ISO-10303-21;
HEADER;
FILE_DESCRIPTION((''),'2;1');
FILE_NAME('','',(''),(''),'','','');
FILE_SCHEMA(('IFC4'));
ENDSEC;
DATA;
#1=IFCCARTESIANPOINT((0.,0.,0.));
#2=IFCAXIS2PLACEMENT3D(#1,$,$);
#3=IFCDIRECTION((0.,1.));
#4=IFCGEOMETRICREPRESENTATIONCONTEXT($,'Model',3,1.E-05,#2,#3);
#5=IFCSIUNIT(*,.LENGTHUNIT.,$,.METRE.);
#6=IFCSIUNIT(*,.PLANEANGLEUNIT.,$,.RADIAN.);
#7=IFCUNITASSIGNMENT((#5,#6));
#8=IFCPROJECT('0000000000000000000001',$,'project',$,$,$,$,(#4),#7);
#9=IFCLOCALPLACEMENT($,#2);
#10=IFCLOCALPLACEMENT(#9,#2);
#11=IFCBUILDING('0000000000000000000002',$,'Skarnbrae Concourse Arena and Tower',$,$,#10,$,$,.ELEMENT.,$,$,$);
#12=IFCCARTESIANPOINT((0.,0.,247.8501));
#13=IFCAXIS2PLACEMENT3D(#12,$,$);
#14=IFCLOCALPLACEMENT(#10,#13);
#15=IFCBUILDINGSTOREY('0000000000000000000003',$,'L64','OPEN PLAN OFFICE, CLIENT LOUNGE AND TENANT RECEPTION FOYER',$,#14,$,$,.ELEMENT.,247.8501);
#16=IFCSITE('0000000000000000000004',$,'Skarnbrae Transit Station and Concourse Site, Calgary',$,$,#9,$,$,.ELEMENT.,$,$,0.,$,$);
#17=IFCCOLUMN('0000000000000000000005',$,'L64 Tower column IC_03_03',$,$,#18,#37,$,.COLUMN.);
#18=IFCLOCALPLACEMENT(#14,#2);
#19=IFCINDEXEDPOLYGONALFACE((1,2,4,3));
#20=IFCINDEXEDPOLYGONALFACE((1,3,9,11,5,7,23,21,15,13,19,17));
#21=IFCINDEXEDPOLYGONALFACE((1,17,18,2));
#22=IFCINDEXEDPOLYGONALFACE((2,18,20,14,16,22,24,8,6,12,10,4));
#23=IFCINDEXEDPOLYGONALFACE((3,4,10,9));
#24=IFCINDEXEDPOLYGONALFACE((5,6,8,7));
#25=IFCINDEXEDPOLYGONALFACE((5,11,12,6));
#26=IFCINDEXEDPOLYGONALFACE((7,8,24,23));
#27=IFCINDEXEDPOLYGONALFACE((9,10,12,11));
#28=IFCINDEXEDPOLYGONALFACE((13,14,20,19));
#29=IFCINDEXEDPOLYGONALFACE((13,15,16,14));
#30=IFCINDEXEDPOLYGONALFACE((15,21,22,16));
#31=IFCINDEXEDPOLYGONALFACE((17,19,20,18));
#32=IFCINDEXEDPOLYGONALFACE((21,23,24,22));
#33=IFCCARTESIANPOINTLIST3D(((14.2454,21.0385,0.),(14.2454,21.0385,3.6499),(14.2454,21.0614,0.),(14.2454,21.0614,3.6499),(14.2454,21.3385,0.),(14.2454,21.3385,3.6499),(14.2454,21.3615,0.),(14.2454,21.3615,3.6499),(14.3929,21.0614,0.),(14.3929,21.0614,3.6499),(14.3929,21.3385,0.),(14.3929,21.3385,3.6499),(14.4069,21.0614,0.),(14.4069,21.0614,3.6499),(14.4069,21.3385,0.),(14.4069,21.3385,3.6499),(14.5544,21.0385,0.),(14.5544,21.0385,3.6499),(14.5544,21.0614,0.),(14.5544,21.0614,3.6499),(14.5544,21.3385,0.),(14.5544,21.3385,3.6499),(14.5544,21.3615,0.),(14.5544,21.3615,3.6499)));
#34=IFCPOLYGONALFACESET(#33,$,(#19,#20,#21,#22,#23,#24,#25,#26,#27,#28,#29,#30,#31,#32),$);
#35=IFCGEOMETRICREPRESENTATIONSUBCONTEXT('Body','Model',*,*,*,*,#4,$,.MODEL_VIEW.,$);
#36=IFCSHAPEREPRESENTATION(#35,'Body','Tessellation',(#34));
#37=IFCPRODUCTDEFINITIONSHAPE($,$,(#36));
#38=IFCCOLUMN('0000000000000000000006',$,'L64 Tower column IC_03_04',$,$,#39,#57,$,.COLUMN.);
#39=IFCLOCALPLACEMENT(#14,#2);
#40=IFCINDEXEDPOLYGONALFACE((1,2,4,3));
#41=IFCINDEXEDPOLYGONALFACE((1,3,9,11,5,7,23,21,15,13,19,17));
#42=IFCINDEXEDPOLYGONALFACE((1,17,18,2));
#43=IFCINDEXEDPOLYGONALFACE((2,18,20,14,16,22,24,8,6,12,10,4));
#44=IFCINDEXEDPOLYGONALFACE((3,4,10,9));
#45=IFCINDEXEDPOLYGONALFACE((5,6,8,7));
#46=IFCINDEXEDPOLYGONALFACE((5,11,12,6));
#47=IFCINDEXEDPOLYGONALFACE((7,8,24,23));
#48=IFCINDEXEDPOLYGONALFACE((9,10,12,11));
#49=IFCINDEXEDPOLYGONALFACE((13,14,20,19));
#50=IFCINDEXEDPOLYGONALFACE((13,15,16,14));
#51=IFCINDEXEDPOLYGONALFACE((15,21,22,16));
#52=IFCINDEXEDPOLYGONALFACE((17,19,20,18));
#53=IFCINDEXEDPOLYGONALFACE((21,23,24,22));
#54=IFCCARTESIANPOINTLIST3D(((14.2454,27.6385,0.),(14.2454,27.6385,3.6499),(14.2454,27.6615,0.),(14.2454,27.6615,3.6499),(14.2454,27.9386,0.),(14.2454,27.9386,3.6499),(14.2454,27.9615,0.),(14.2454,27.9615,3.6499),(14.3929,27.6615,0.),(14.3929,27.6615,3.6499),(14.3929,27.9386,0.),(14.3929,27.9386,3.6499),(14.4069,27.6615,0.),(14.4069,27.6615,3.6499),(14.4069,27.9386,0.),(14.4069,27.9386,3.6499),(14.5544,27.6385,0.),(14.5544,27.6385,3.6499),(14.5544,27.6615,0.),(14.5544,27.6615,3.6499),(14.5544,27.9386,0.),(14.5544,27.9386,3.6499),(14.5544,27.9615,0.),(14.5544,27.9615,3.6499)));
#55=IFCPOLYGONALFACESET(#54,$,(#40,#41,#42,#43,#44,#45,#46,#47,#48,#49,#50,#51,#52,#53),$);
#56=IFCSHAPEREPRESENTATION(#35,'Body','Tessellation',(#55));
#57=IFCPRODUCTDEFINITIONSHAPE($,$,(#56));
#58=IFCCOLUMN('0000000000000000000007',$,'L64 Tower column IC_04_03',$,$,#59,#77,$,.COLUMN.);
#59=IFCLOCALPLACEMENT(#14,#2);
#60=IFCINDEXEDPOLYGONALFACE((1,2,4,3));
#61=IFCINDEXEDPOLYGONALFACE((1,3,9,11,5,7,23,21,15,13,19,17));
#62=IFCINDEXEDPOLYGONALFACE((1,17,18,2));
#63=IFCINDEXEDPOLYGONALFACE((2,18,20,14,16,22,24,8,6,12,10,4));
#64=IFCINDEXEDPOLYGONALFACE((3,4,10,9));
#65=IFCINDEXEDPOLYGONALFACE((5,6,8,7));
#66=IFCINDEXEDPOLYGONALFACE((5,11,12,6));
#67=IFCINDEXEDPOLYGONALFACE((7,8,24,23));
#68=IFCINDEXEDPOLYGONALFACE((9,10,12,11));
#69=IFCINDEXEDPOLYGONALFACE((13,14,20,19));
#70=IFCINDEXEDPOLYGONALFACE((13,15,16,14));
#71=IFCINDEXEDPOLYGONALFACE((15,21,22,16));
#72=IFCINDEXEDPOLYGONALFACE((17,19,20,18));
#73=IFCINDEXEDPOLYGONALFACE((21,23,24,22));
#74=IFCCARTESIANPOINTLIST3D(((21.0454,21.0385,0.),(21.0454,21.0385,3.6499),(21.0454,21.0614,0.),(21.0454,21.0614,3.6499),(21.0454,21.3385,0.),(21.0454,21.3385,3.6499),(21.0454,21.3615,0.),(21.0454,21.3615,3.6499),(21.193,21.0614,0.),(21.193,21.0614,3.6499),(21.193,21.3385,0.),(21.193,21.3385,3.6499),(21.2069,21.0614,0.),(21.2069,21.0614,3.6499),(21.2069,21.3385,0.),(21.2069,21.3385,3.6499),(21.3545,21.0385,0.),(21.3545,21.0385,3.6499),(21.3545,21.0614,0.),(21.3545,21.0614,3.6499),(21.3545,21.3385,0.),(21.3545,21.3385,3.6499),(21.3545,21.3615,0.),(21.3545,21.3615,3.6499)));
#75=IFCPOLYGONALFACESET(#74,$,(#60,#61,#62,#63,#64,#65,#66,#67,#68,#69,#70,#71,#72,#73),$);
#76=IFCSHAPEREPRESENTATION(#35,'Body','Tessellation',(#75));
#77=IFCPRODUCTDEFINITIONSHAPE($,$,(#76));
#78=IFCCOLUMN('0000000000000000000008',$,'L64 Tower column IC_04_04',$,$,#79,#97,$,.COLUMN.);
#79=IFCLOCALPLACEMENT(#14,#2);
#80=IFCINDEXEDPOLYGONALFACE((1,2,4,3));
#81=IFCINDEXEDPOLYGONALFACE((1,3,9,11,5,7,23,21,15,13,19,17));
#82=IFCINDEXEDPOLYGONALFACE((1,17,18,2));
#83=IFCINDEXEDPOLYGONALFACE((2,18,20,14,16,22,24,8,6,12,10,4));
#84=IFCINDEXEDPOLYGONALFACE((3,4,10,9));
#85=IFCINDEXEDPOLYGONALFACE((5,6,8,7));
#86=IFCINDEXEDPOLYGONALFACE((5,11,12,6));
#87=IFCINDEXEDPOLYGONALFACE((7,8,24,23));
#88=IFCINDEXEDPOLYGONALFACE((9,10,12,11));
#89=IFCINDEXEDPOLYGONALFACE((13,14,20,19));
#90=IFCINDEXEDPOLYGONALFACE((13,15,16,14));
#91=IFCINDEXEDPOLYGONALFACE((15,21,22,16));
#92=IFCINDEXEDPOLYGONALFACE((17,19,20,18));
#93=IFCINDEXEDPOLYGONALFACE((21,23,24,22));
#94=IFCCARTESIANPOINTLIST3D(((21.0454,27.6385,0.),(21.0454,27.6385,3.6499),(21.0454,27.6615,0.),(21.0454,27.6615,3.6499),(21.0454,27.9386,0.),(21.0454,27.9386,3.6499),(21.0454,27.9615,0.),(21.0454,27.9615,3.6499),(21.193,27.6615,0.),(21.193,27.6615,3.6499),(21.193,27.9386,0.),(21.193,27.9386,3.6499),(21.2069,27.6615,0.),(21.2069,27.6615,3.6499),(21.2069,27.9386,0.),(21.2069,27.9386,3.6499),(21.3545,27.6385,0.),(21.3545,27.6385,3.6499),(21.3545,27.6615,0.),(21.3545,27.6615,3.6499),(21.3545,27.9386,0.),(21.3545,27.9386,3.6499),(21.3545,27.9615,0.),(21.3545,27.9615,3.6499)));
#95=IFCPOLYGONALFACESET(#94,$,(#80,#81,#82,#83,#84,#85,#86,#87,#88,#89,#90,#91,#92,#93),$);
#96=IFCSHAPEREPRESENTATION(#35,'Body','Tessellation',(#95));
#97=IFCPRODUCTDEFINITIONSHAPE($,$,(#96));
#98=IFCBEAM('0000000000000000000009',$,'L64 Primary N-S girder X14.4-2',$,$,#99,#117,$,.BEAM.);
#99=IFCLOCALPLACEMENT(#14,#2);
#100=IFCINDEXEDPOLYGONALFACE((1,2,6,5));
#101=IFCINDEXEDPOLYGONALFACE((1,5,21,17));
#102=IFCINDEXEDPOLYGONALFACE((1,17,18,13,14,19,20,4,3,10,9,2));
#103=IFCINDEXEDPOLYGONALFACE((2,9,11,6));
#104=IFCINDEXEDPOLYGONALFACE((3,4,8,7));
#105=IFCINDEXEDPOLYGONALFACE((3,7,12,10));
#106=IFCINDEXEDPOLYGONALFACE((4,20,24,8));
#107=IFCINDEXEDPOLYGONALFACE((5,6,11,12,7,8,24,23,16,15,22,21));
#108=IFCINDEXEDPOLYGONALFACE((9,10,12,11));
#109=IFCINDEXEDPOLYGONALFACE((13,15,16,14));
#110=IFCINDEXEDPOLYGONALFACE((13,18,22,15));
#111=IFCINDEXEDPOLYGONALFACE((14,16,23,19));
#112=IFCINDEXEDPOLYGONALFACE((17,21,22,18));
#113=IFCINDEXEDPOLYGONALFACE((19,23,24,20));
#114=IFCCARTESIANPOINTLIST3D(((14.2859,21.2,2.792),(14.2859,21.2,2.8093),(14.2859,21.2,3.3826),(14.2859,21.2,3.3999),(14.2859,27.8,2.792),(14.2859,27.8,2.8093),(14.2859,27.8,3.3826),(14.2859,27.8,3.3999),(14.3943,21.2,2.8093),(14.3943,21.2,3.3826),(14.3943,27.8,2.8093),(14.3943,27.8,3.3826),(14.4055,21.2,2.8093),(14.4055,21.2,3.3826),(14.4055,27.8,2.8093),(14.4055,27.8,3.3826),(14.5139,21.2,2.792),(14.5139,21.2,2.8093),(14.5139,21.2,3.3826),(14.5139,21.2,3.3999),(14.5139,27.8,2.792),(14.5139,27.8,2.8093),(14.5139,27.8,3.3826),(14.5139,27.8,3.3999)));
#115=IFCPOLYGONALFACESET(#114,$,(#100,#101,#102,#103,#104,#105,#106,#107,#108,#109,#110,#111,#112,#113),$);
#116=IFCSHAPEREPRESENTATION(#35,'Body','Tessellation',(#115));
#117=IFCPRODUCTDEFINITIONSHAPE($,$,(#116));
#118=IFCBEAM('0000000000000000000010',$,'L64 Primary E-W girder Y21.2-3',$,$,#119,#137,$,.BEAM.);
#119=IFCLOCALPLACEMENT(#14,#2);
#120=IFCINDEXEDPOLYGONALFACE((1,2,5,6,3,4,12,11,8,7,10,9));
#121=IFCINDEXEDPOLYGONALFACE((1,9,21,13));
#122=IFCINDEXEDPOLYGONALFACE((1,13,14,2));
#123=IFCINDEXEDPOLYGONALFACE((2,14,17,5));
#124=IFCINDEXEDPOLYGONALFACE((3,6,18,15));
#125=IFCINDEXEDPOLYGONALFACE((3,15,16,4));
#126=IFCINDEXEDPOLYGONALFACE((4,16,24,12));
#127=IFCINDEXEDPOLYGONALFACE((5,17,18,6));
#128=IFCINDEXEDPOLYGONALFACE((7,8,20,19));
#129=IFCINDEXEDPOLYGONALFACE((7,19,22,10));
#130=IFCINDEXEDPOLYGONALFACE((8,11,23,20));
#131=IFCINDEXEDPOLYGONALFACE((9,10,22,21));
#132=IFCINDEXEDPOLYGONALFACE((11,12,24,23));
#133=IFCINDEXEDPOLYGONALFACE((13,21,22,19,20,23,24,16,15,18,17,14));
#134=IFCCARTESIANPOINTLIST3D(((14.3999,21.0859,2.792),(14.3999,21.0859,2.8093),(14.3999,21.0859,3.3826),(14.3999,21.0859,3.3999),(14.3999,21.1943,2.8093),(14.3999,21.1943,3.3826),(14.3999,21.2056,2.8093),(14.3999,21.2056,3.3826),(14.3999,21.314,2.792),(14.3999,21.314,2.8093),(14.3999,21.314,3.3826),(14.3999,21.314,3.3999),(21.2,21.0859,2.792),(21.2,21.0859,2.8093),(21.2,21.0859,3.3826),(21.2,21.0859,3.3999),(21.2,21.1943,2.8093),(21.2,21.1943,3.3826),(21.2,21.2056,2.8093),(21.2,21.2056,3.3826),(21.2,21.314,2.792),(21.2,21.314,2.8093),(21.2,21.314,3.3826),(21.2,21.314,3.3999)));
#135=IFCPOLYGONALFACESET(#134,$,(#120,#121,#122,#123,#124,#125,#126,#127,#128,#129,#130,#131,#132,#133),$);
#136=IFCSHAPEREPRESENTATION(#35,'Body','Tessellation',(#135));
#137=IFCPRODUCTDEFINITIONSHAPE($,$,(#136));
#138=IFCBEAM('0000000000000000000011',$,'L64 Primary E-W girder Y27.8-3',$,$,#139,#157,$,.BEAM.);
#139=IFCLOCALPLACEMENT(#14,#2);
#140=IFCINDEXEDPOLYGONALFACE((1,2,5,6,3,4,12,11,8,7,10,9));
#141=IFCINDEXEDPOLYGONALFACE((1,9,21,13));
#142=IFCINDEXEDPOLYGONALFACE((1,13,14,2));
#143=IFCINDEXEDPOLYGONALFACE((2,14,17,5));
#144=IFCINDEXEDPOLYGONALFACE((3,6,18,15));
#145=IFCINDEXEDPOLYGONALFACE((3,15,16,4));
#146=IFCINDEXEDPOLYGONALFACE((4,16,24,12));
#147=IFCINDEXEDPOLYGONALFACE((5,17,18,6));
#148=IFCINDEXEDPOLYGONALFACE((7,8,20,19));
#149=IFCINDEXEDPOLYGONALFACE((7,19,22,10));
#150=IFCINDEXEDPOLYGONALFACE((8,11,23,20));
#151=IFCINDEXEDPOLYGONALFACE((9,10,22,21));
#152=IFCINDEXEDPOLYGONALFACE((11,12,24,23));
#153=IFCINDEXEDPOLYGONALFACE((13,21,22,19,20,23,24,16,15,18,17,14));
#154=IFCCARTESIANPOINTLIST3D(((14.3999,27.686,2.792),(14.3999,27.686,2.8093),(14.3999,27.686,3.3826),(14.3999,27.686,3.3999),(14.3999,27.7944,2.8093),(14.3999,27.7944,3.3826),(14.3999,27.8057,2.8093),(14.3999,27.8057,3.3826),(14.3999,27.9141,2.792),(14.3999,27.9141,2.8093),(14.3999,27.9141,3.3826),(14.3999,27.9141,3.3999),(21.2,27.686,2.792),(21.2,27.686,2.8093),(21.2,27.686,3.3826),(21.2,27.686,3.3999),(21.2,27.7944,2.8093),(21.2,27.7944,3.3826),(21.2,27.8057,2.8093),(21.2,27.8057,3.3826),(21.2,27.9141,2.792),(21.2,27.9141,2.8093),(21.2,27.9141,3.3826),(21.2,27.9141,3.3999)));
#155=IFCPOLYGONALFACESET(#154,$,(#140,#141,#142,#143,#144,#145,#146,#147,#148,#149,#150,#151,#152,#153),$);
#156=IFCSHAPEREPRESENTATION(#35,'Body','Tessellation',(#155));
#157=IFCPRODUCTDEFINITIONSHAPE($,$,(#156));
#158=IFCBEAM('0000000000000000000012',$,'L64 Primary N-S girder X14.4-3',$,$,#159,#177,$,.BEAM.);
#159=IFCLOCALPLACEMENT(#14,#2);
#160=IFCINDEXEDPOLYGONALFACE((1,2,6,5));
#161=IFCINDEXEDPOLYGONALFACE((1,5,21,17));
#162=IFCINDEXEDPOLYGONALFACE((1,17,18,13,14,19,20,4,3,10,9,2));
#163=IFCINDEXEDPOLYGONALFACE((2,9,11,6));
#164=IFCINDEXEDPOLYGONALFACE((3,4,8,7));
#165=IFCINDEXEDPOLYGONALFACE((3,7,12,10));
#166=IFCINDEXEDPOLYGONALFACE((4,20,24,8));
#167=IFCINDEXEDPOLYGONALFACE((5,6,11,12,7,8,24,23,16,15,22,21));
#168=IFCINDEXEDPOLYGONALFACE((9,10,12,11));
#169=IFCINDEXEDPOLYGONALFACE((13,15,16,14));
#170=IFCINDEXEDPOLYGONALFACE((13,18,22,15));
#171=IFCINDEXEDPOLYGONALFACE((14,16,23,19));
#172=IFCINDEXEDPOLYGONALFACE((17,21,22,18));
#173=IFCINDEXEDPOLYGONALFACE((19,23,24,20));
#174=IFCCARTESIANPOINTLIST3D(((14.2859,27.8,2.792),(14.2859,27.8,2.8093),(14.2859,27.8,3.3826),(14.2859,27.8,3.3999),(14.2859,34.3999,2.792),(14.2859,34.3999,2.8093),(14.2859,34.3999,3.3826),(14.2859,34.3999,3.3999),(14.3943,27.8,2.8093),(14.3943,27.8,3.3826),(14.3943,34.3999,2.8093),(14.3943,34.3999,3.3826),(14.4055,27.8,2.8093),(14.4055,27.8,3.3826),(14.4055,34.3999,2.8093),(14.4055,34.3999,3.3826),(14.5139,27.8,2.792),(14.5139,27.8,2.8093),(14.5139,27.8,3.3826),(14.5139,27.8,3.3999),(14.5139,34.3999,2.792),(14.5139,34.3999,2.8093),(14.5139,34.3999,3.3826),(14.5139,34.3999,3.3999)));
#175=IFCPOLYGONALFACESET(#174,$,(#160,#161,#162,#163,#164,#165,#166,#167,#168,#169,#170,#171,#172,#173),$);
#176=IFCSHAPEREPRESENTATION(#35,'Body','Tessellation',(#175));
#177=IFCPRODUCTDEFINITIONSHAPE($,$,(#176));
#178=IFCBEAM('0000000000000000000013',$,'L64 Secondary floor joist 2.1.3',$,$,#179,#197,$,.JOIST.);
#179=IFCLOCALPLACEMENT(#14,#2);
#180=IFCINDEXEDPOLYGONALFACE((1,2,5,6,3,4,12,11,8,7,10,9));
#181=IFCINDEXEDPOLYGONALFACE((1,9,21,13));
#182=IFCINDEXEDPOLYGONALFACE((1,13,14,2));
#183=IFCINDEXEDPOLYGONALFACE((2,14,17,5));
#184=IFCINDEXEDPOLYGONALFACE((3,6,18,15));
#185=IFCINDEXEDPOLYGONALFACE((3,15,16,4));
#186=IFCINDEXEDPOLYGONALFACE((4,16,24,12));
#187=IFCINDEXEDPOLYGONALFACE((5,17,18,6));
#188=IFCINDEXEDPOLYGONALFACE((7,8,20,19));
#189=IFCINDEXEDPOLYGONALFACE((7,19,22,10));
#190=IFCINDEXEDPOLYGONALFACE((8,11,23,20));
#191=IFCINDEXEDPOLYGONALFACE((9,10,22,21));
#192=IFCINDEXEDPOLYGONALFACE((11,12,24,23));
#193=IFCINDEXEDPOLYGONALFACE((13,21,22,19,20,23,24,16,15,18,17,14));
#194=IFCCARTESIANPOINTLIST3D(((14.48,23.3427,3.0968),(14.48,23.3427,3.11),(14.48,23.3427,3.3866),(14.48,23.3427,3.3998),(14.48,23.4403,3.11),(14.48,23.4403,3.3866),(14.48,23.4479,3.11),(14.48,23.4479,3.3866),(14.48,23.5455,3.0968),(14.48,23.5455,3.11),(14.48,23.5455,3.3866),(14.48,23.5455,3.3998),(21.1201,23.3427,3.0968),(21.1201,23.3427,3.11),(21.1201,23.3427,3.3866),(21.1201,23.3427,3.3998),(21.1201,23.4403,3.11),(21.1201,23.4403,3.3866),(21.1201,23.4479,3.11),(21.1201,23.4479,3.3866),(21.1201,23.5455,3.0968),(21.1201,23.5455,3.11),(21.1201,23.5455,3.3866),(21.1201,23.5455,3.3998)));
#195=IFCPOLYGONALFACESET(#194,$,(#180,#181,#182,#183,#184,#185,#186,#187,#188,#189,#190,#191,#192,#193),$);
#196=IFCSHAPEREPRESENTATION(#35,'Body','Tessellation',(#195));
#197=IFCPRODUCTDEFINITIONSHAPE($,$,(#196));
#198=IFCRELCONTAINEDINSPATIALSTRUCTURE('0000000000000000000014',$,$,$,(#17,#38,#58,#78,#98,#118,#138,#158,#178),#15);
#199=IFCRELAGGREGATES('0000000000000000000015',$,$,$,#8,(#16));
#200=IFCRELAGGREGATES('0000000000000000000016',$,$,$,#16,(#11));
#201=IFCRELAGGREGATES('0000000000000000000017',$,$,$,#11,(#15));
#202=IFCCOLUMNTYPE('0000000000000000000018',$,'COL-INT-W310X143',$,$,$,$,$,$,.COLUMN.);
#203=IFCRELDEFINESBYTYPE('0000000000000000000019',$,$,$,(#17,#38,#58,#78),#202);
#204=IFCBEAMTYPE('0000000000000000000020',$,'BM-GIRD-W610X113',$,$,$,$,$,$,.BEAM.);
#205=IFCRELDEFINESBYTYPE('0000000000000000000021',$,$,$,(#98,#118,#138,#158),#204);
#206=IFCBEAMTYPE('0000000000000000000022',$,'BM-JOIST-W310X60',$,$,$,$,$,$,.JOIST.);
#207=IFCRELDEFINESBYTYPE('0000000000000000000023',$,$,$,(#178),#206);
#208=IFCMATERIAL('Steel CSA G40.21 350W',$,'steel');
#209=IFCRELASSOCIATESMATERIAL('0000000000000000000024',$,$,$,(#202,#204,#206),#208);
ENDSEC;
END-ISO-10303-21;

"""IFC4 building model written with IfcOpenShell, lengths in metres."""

from ifc_helpers import new_model, si_unit, direction, frame, origin, origin_2d, place, context, subcontext, project, spatial, i_section, extrude, source, transform, mapped, material, material_profile, profile_set, type_object, element, save


model = new_model("IFC4")

# Units and contexts
model_context = context("Model", 3, precision=1e-05, world=origin(), true_north=direction((0.0, 1.0)))
body_context = subcontext(model_context, "Body", "Model", "MODEL_VIEW")
ifc_project = project(units=[si_unit("LENGTHUNIT", "METRE"), si_unit("PLANEANGLEUNIT", "RADIAN")], contexts=[model_context])

# Site, building, storey
site_placement = place(None, origin())
site = spatial("IfcSite", under=ifc_project, at=site_placement, Name="Skarnbrae Transit Station and Concourse Site, Calgary", CompositionType="ELEMENT", RefElevation=0.0)
building_placement = place(site_placement, origin())
building = spatial("IfcBuilding", under=site, at=building_placement, Name="Skarnbrae Concourse Arena and Tower", CompositionType="ELEMENT")
storey_placement = place(building_placement, frame((0.0, 0.0, 247.8501)))
storey = spatial("IfcBuildingStorey", under=building, at=storey_placement, Name="L64", Description="OPEN PLAN OFFICE, CLIENT LOUNGE AND TENANT RECEPTION FOYER", CompositionType="ELEMENT", Elevation=247.8501)

# Columns
ifc_material_1 = material(Name="Steel CSA G40.21 350W", Category="steel")
ifc_material_profile_1 = material_profile(ifc_material_1, i_section(OverallWidth=0.3091, OverallDepth=0.323, WebThickness=0.0139, FlangeThickness=0.0229, at=origin_2d()), Name="W310X143")
ifc_profile_set_1 = profile_set([ifc_material_profile_1], Name="Steel CSA G40.21 350W")
column_type = type_object("IfcColumnType", Name="COL-INT-W310X143", PredefinedType="COLUMN", material=ifc_profile_set_1)
shared_shape_1 = source(origin(), body_context, "Body", "SweptSolid", [
    extrude(i_section(OverallWidth=0.3091, OverallDepth=0.323, WebThickness=0.0139, FlangeThickness=0.0229, at=origin_2d()), origin(), (0.0, 0.0, 1.0), 3.6499),
])
for number, where, z_axis, x_axis, name in (
    (1, (14.3999, 21.2, 0.0), (0.0, 0.0, 1.0), (1.0, 0.0, 0.0), "L64 Tower column IC_03_03"),
    (2, (14.3999, 27.8, 0.0), (0.0, 0.0, 1.0), (1.0, 0.0, 0.0), "L64 Tower column IC_03_04"),
    (3, (21.2, 21.2, 0.0), (0.0, 0.0, 1.0), (1.0, 0.0, 0.0), "L64 Tower column IC_04_03"),
    (4, (21.2, 27.8, 0.0), (0.0, 0.0, 1.0), (1.0, 0.0, 0.0), "L64 Tower column IC_04_04"),
):
    element("IfcColumn", number, at=place(storey_placement, frame(where, z_axis=z_axis, x_axis=x_axis)), inside=storey, type_object=column_type, Name=name, PredefinedType="COLUMN", context=body_context, shape_type="MappedRepresentation", body=[
        mapped(shared_shape_1, transform((0.0, 0.0, 0.0))),
    ])

# Beams
ifc_material_profile_2 = material_profile(ifc_material_1, i_section(OverallWidth=0.228, OverallDepth=0.6079, WebThickness=0.0112, FlangeThickness=0.0173, at=origin_2d()), Name="W610X113")
ifc_profile_set_2 = profile_set([ifc_material_profile_2], Name="Steel CSA G40.21 350W")
beam_type_1 = type_object("IfcBeamType", Name="BM-GIRD-W610X113", PredefinedType="BEAM", material=ifc_profile_set_2)
shared_shape_2 = source(origin(), body_context, "Body", "SweptSolid", [
    extrude(i_section(OverallWidth=0.228, OverallDepth=0.6079, WebThickness=0.0112, FlangeThickness=0.0173, at=origin_2d()), origin(), (0.0, 0.0, 1.0), 6.6001),
])
beam_1_placement = place(storey_placement, frame((14.3999, 21.2, 3.0959), z_axis=(0.0, 1.0, 0.0), x_axis=(-1.0, 0.0, 0.0)))
element("IfcBeam", 5, at=beam_1_placement, inside=storey, type_object=beam_type_1, Name="L64 Primary N-S girder X14.4-2", PredefinedType="BEAM", context=body_context, shape_type="MappedRepresentation", body=[
    mapped(shared_shape_2, transform((0.0, 0.0, 0.0))),
])
shared_shape_3 = source(origin(), body_context, "Body", "SweptSolid", [
    extrude(i_section(OverallWidth=0.228, OverallDepth=0.6079, WebThickness=0.0112, FlangeThickness=0.0173, at=origin_2d()), origin(), (0.0, 0.0, 1.0), 6.8),
])
for number, where, z_axis, x_axis, name in (
    (6, (14.3999, 21.2, 3.0959), (1.0, 0.0, 0.0), (0.0, 1.0, 0.0), "L64 Primary E-W girder Y21.2-3"),
    (7, (14.3999, 27.8, 3.0959), (1.0, 0.0, 0.0), (0.0, 1.0, 0.0), "L64 Primary E-W girder Y27.8-3"),
):
    element("IfcBeam", number, at=place(storey_placement, frame(where, z_axis=z_axis, x_axis=x_axis)), inside=storey, type_object=beam_type_1, Name=name, PredefinedType="BEAM", context=body_context, shape_type="MappedRepresentation", body=[
        mapped(shared_shape_3, transform((0.0, 0.0, 0.0))),
    ])
shared_shape_4 = source(origin(), body_context, "Body", "SweptSolid", [
    extrude(i_section(OverallWidth=0.228, OverallDepth=0.6079, WebThickness=0.0112, FlangeThickness=0.0173, at=origin_2d()), origin(), (0.0, 0.0, 1.0), 6.5999),
])
beam_2_placement = place(storey_placement, frame((14.3999, 27.8, 3.0959), z_axis=(0.0, 1.0, 0.0), x_axis=(-1.0, 0.0, 0.0)))
element("IfcBeam", 8, at=beam_2_placement, inside=storey, type_object=beam_type_1, Name="L64 Primary N-S girder X14.4-3", PredefinedType="BEAM", context=body_context, shape_type="MappedRepresentation", body=[
    mapped(shared_shape_4, transform((0.0, 0.0, 0.0))),
])
ifc_material_profile_3 = material_profile(ifc_material_1, i_section(OverallWidth=0.2029, OverallDepth=0.303, WebThickness=0.0076, FlangeThickness=0.0132, at=origin_2d()), Name="W310X60")
ifc_profile_set_3 = profile_set([ifc_material_profile_3], Name="Steel CSA G40.21 350W")
beam_type_2 = type_object("IfcBeamType", Name="BM-JOIST-W310X60", PredefinedType="JOIST", material=ifc_profile_set_3)
shared_shape_5 = source(origin(), body_context, "Body", "SweptSolid", [
    extrude(i_section(OverallWidth=0.2029, OverallDepth=0.303, WebThickness=0.0076, FlangeThickness=0.0132, at=origin_2d()), origin(), (0.0, 0.0, 1.0), 6.6401),
])
for number, where, z_axis, x_axis, name in (
    (9, (14.48, 23.4441, 3.2483), (1.0, 0.0, 0.0), (0.0, 1.0, 0.0), "L64 Secondary floor joist 2.1.3"),
):
    element("IfcBeam", number, at=place(storey_placement, frame(where, z_axis=z_axis, x_axis=x_axis)), inside=storey, type_object=beam_type_2, Name=name, PredefinedType="JOIST", context=body_context, shape_type="MappedRepresentation", body=[
        mapped(shared_shape_5, transform((0.0, 0.0, 0.0))),
    ])

save(model, "model.ifc")
